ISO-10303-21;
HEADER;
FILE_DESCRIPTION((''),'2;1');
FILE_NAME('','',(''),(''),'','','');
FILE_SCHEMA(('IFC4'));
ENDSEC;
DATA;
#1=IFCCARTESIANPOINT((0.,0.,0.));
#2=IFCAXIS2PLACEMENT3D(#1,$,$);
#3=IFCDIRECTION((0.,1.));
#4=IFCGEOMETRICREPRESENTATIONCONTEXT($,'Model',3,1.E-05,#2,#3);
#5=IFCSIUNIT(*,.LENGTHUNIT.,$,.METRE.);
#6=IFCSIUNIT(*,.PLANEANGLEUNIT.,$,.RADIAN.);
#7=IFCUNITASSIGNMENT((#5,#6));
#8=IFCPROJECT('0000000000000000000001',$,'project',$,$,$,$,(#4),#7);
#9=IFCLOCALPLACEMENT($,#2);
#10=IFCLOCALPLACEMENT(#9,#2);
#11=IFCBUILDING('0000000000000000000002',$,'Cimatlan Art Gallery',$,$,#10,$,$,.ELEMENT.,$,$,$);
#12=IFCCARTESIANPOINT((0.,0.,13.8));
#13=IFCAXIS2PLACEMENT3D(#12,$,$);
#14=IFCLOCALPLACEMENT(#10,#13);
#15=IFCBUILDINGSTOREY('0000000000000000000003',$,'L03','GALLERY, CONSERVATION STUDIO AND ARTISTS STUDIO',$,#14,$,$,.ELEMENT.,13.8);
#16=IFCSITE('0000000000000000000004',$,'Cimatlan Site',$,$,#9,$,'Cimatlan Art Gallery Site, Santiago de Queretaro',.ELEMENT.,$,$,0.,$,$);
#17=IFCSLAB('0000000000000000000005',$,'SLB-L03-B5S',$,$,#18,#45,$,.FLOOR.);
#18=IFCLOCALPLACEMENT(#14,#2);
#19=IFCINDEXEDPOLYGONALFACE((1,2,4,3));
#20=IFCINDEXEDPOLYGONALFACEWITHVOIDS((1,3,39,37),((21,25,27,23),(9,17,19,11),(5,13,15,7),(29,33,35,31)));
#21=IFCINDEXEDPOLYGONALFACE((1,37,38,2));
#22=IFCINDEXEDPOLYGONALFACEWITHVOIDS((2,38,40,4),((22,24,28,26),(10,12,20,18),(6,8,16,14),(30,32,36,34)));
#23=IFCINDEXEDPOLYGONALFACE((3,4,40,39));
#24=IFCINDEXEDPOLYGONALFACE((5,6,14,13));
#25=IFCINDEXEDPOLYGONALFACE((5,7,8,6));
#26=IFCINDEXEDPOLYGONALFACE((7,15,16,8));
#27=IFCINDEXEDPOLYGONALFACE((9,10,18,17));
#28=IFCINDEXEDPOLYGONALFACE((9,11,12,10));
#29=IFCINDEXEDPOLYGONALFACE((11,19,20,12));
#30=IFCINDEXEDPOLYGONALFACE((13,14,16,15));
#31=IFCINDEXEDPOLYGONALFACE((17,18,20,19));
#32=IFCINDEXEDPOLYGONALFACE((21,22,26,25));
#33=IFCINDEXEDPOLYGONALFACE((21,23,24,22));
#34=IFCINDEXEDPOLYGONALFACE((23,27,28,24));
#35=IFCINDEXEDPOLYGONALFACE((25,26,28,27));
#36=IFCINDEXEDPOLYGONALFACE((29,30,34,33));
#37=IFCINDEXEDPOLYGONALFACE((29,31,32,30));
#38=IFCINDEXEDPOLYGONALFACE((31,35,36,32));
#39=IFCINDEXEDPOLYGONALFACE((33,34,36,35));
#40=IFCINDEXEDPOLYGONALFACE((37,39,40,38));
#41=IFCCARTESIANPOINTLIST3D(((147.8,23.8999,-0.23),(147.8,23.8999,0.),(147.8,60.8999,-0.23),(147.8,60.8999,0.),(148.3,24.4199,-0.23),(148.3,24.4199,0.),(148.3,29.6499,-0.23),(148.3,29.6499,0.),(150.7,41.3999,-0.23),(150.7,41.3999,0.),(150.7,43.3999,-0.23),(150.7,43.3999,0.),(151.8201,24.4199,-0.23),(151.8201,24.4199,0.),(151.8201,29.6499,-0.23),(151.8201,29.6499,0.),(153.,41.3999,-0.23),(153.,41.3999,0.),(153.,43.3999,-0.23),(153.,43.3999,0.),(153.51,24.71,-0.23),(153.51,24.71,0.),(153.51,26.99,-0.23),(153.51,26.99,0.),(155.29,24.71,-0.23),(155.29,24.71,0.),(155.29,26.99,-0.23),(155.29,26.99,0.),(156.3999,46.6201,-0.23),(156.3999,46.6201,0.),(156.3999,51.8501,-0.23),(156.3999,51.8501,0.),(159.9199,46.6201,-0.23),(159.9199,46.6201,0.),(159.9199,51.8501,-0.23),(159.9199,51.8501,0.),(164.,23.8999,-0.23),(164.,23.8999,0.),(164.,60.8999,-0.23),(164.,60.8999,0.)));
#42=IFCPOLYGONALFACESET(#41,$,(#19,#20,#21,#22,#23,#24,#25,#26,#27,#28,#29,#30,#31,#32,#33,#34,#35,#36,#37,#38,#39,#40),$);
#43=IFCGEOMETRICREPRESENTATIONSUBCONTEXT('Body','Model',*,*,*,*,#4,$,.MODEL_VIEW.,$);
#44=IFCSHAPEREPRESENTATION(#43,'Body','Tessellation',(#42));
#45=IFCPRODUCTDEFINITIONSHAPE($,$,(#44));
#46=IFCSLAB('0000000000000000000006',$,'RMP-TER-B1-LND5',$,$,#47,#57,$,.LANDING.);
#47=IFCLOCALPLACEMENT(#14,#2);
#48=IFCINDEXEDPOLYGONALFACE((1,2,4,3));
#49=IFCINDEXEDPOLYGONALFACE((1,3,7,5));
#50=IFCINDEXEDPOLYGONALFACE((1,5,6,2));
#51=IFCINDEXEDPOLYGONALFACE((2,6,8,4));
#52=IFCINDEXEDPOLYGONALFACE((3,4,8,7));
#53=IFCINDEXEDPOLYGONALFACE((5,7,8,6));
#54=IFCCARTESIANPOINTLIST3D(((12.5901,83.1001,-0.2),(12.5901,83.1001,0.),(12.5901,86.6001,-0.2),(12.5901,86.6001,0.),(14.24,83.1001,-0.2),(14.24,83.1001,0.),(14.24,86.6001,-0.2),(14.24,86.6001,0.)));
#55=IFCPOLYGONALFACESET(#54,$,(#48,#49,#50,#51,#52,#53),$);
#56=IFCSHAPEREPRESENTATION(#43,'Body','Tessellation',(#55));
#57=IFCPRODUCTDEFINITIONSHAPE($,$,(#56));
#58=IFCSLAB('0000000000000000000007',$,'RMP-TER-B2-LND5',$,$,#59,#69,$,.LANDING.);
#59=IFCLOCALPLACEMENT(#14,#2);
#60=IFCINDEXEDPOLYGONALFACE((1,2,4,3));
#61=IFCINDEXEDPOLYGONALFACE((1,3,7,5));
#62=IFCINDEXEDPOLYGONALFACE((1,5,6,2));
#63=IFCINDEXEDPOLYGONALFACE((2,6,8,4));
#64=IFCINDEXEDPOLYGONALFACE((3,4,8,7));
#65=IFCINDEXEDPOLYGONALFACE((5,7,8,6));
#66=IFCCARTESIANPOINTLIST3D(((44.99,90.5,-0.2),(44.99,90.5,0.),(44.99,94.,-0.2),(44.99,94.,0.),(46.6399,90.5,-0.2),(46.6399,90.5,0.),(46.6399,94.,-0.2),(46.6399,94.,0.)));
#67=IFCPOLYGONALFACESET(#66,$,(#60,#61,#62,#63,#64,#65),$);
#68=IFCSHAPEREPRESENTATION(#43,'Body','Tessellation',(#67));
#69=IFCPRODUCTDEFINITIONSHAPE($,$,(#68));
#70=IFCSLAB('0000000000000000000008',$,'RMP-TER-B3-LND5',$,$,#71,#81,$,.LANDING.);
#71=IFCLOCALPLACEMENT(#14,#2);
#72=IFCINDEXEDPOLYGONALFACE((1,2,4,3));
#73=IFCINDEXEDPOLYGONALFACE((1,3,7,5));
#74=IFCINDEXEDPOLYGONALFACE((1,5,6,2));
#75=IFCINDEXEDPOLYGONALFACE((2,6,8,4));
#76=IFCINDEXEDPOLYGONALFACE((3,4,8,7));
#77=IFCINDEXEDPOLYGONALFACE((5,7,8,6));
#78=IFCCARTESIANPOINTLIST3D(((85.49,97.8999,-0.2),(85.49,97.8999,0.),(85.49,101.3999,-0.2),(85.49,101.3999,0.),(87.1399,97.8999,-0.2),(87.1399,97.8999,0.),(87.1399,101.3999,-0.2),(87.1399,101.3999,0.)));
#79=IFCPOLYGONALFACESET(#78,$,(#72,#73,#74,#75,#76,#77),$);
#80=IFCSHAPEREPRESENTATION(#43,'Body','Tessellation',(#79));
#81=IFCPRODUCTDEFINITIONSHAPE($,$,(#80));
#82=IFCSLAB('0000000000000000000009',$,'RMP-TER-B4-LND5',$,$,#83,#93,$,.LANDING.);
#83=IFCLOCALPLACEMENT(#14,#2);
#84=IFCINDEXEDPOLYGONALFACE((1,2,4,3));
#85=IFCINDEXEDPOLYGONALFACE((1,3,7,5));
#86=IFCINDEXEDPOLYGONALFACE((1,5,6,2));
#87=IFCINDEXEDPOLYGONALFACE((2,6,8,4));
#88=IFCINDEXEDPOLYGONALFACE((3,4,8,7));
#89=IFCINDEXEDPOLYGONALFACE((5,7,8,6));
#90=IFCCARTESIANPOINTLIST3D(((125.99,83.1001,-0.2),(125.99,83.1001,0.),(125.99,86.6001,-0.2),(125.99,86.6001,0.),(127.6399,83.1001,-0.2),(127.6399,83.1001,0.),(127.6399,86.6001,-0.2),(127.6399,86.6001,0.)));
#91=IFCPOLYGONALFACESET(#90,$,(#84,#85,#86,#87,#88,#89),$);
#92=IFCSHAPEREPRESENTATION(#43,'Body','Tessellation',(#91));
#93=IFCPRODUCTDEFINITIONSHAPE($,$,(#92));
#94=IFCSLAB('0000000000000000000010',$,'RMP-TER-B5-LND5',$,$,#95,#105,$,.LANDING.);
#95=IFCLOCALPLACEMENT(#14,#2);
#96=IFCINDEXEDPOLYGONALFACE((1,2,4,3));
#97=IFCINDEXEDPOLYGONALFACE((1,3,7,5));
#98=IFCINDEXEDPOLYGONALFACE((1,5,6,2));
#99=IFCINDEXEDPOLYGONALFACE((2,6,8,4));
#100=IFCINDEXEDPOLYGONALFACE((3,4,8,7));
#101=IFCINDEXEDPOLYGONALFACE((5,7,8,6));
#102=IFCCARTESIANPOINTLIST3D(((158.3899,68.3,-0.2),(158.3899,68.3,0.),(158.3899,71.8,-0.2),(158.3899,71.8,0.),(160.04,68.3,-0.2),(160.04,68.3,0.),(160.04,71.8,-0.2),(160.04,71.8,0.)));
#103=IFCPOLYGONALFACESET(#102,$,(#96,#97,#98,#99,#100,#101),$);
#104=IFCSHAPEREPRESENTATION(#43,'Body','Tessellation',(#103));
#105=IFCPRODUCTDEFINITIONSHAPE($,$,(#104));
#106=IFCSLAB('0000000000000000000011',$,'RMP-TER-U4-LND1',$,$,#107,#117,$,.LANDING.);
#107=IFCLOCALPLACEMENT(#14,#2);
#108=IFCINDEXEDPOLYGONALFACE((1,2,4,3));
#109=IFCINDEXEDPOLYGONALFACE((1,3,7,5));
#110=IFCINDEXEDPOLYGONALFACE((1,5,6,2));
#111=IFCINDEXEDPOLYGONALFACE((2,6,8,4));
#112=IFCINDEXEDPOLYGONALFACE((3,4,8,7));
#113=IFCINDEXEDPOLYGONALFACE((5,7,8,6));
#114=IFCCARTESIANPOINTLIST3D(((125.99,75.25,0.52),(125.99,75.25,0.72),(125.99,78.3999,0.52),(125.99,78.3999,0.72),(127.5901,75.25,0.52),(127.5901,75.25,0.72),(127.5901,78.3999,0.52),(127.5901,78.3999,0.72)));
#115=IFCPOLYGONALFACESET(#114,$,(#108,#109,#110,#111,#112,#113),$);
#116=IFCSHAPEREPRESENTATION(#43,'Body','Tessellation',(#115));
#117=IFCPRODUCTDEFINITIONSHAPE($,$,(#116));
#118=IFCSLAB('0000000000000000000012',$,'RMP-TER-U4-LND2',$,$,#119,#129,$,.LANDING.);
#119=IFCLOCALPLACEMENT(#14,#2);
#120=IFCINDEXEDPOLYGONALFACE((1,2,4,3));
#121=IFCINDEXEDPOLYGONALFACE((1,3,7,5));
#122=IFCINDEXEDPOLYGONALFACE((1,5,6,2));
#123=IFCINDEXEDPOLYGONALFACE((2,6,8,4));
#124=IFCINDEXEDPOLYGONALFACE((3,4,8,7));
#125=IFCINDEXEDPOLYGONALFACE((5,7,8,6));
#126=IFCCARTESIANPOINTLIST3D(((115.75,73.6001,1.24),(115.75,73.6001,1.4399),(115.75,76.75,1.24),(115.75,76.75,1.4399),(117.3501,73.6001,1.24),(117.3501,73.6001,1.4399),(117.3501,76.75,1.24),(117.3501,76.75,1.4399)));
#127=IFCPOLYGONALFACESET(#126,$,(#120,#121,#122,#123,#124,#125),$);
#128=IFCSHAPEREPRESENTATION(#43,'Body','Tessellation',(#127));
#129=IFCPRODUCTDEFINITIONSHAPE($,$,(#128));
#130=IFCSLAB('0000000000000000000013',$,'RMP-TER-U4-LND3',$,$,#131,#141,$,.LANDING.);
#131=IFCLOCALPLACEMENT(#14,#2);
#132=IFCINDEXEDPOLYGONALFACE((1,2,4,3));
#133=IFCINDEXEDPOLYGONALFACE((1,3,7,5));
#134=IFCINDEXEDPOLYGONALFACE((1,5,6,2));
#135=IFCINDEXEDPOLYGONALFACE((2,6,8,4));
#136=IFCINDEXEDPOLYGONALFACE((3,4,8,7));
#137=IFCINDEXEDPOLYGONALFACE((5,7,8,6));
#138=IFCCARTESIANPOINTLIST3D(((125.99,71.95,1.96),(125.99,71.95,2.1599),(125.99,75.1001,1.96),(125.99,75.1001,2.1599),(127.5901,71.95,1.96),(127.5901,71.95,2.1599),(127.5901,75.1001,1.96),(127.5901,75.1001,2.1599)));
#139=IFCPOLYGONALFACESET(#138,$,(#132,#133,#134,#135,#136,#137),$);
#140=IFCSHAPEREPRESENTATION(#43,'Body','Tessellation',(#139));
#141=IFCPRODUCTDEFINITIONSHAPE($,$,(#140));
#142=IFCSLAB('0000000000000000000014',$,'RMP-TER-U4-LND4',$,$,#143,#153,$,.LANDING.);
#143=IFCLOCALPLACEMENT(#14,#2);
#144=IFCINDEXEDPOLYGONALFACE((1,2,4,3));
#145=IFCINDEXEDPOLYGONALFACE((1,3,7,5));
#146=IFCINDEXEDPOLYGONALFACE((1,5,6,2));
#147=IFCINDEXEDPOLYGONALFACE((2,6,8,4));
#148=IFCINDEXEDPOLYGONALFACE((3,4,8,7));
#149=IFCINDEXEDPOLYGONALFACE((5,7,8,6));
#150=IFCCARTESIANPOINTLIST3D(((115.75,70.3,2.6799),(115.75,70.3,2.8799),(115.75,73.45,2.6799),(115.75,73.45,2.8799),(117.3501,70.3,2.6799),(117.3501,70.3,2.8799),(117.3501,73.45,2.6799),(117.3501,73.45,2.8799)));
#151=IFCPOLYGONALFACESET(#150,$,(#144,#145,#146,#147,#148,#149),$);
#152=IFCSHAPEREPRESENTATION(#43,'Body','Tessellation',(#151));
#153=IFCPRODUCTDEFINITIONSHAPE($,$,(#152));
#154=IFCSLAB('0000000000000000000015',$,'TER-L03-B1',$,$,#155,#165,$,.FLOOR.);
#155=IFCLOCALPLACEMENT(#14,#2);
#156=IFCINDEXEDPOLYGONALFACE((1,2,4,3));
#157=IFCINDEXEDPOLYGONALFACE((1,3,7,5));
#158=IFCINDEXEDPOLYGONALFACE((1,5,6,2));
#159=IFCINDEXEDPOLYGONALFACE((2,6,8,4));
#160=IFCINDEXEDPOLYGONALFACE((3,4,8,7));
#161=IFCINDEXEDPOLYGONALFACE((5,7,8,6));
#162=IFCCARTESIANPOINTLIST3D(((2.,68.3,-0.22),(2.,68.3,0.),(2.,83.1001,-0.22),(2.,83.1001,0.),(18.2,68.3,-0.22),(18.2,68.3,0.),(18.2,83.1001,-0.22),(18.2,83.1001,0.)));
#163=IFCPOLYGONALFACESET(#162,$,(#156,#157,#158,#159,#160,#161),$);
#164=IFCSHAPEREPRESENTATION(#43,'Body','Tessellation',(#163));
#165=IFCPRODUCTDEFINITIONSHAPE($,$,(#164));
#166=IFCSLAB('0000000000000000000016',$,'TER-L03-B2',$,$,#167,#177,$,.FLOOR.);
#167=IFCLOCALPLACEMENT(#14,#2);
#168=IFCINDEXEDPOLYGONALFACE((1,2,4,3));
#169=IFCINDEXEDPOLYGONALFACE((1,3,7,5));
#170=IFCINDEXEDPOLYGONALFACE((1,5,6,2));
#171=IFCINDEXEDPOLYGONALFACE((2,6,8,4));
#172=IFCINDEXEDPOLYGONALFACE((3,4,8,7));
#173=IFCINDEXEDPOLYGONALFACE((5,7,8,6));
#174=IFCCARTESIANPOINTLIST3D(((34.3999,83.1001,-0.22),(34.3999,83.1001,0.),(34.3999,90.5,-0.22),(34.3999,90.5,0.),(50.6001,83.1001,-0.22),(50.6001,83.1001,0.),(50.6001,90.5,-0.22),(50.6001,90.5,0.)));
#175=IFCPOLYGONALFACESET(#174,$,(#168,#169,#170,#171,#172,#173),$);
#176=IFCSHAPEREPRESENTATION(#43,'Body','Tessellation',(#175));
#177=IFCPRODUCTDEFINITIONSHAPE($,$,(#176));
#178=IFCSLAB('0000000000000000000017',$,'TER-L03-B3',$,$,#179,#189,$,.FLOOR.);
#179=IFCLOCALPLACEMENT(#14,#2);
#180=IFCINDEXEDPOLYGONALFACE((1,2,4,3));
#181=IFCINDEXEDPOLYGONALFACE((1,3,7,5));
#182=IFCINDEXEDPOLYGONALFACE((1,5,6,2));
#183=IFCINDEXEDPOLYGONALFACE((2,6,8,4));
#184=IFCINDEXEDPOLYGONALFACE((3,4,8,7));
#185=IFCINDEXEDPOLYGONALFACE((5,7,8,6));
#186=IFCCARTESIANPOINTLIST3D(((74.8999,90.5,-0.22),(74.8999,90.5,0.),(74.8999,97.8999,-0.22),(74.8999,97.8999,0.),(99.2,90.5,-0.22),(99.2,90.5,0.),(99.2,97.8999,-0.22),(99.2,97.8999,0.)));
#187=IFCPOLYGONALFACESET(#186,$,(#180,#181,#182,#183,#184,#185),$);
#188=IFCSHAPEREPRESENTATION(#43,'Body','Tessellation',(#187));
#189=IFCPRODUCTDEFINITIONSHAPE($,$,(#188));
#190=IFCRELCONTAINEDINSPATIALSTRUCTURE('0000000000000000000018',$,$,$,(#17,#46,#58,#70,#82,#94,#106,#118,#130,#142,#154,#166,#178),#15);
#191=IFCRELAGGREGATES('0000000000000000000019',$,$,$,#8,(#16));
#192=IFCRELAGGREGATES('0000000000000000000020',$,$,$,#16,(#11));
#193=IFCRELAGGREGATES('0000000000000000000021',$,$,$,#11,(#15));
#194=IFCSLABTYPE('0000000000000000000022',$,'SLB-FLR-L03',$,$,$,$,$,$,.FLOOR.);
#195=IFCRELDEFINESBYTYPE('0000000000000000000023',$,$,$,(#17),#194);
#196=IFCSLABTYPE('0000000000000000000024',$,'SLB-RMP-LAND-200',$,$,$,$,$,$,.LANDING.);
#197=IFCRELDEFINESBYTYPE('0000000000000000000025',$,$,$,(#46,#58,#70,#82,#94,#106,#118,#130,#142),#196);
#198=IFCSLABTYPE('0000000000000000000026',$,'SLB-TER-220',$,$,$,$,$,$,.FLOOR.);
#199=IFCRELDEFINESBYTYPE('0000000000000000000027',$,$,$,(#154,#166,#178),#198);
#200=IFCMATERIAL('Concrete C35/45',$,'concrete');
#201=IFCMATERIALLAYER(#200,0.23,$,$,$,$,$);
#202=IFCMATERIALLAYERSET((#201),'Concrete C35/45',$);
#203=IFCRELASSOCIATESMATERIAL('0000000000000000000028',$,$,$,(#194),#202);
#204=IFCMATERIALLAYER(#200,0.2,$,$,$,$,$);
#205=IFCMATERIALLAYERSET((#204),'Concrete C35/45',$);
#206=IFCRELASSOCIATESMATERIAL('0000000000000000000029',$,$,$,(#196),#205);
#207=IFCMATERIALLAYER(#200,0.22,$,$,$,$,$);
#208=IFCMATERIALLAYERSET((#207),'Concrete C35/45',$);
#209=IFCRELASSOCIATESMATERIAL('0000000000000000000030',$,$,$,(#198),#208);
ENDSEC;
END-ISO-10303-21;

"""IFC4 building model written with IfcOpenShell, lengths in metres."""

from ifc_helpers import new_model, si_unit, direction, frame, origin, place, context, subcontext, project, spatial, polyline, outline, extrude, material, layer, layer_set, type_object, element, save


model = new_model("IFC4")

# Units and contexts
model_context = context("Model", 3, precision=1e-05, world=origin(), true_north=direction((0.0, 1.0)))
body_context = subcontext(model_context, "Body", "Model", "MODEL_VIEW")
ifc_project = project(units=[si_unit("LENGTHUNIT", "METRE"), si_unit("PLANEANGLEUNIT", "RADIAN")], contexts=[model_context])

# Site, building, storey
site_placement = place(None, origin())
site = spatial("IfcSite", under=ifc_project, at=site_placement, Name="Cimatlan Site", LongName="Cimatlan Art Gallery Site, Santiago de Queretaro", CompositionType="ELEMENT", RefElevation=0.0)
building_placement = place(site_placement, origin())
building = spatial("IfcBuilding", under=site, at=building_placement, Name="Cimatlan Art Gallery", CompositionType="ELEMENT")
storey_placement = place(building_placement, frame((0.0, 0.0, 13.8)))
storey = spatial("IfcBuildingStorey", under=building, at=storey_placement, Name="L03", Description="GALLERY, CONSERVATION STUDIO AND ARTISTS STUDIO", CompositionType="ELEMENT", Elevation=13.8)

# Slabs
ifc_material = material(Name="Concrete C35/45", Category="concrete")
ifc_layer_1 = layer(ifc_material, 0.23)
ifc_layer_set_1 = layer_set([ifc_layer_1], Name="Concrete C35/45")
slab_type_1 = type_object("IfcSlabType", Name="SLB-FLR-L03", PredefinedType="FLOOR", material=ifc_layer_set_1)
slab_1_placement = place(storey_placement, frame((0.0, 0.0, -0.23)))
element("IfcSlab", 1, at=slab_1_placement, inside=storey, type_object=slab_type_1, Name="SLB-L03-B5S", PredefinedType="FLOOR", context=body_context, shape_type="SweptSolid", body=[
    extrude(outline(polyline([(147.8, 23.8999), (164.0, 23.8999), (164.0, 60.8999), (147.8, 60.8999), (147.8, 23.8999)]), holes=[polyline([(148.3, 24.4199), (151.8201, 24.4199), (151.8201, 29.6499), (148.3, 29.6499), (148.3, 24.4199)]), polyline([(153.51, 24.71), (155.29, 24.71), (155.29, 26.99), (153.51, 26.99), (153.51, 24.71)]), polyline([(156.3999, 46.6201), (159.9199, 46.6201), (159.9199, 51.8501), (156.3999, 51.8501), (156.3999, 46.6201)]), polyline([(150.7, 41.3999), (153.0, 41.3999), (153.0, 43.3999), (150.7, 43.3999), (150.7, 41.3999)])]), origin(), (0.0, 0.0, 1.0), 0.23),
])
ifc_layer_2 = layer(ifc_material, 0.2)
ifc_layer_set_2 = layer_set([ifc_layer_2], Name="Concrete C35/45")
slab_type_2 = type_object("IfcSlabType", Name="SLB-RMP-LAND-200", PredefinedType="LANDING", material=ifc_layer_set_2)
slab_2_placement = place(storey_placement, frame((0.0, 0.0, -0.2)))
element("IfcSlab", 2, at=slab_2_placement, inside=storey, type_object=slab_type_2, Name="RMP-TER-B1-LND5", PredefinedType="LANDING", context=body_context, shape_type="SweptSolid", body=[
    extrude(outline(polyline([(12.5901, 83.1001), (14.24, 83.1001), (14.24, 86.6001), (12.5901, 86.6001), (12.5901, 83.1001)])), origin(), (0.0, 0.0, 1.0), 0.2),
])
slab_3_placement = place(storey_placement, frame((0.0, 0.0, -0.2)))
element("IfcSlab", 3, at=slab_3_placement, inside=storey, type_object=slab_type_2, Name="RMP-TER-B2-LND5", PredefinedType="LANDING", context=body_context, shape_type="SweptSolid", body=[
    extrude(outline(polyline([(44.99, 90.5), (46.6399, 90.5), (46.6399, 94.0), (44.99, 94.0), (44.99, 90.5)])), origin(), (0.0, 0.0, 1.0), 0.2),
])
slab_4_placement = place(storey_placement, frame((0.0, 0.0, -0.2)))
element("IfcSlab", 4, at=slab_4_placement, inside=storey, type_object=slab_type_2, Name="RMP-TER-B3-LND5", PredefinedType="LANDING", context=body_context, shape_type="SweptSolid", body=[
    extrude(outline(polyline([(85.49, 97.8999), (87.1399, 97.8999), (87.1399, 101.3999), (85.49, 101.3999), (85.49, 97.8999)])), origin(), (0.0, 0.0, 1.0), 0.2),
])
slab_5_placement = place(storey_placement, frame((0.0, 0.0, -0.2)))
element("IfcSlab", 5, at=slab_5_placement, inside=storey, type_object=slab_type_2, Name="RMP-TER-B4-LND5", PredefinedType="LANDING", context=body_context, shape_type="SweptSolid", body=[
    extrude(outline(polyline([(125.99, 83.1001), (127.6399, 83.1001), (127.6399, 86.6001), (125.99, 86.6001), (125.99, 83.1001)])), origin(), (0.0, 0.0, 1.0), 0.2),
])
slab_6_placement = place(storey_placement, frame((0.0, 0.0, -0.2)))
element("IfcSlab", 6, at=slab_6_placement, inside=storey, type_object=slab_type_2, Name="RMP-TER-B5-LND5", PredefinedType="LANDING", context=body_context, shape_type="SweptSolid", body=[
    extrude(outline(polyline([(158.3899, 68.3), (160.04, 68.3), (160.04, 71.8), (158.3899, 71.8), (158.3899, 68.3)])), origin(), (0.0, 0.0, 1.0), 0.2),
])
slab_7_placement = place(storey_placement, frame((0.0, 0.0, 0.52)))
element("IfcSlab", 7, at=slab_7_placement, inside=storey, type_object=slab_type_2, Name="RMP-TER-U4-LND1", PredefinedType="LANDING", context=body_context, shape_type="SweptSolid", body=[
    extrude(outline(polyline([(125.99, 75.25), (127.5901, 75.25), (127.5901, 78.3999), (125.99, 78.3999), (125.99, 75.25)])), origin(), (0.0, 0.0, 1.0), 0.2),
])
slab_8_placement = place(storey_placement, frame((0.0, 0.0, 1.24)))
element("IfcSlab", 8, at=slab_8_placement, inside=storey, type_object=slab_type_2, Name="RMP-TER-U4-LND2", PredefinedType="LANDING", context=body_context, shape_type="SweptSolid", body=[
    extrude(outline(polyline([(115.75, 73.6001), (117.3501, 73.6001), (117.3501, 76.75), (115.75, 76.75), (115.75, 73.6001)])), origin(), (0.0, 0.0, 1.0), 0.2),
])
slab_9_placement = place(storey_placement, frame((0.0, 0.0, 1.96)))
element("IfcSlab", 9, at=slab_9_placement, inside=storey, type_object=slab_type_2, Name="RMP-TER-U4-LND3", PredefinedType="LANDING", context=body_context, shape_type="SweptSolid", body=[
    extrude(outline(polyline([(125.99, 71.95), (127.5901, 71.95), (127.5901, 75.1001), (125.99, 75.1001), (125.99, 71.95)])), origin(), (0.0, 0.0, 1.0), 0.2),
])
slab_10_placement = place(storey_placement, frame((0.0, 0.0, 2.6799)))
element("IfcSlab", 10, at=slab_10_placement, inside=storey, type_object=slab_type_2, Name="RMP-TER-U4-LND4", PredefinedType="LANDING", context=body_context, shape_type="SweptSolid", body=[
    extrude(outline(polyline([(115.75, 70.3), (117.3501, 70.3), (117.3501, 73.45), (115.75, 73.45), (115.75, 70.3)])), origin(), (0.0, 0.0, 1.0), 0.2),
])
ifc_layer_3 = layer(ifc_material, 0.22)
ifc_layer_set_3 = layer_set([ifc_layer_3], Name="Concrete C35/45")
slab_type_3 = type_object("IfcSlabType", Name="SLB-TER-220", PredefinedType="FLOOR", material=ifc_layer_set_3)
slab_11_placement = place(storey_placement, frame((0.0, 0.0, -0.22)))
element("IfcSlab", 11, at=slab_11_placement, inside=storey, type_object=slab_type_3, Name="TER-L03-B1", PredefinedType="FLOOR", context=body_context, shape_type="SweptSolid", body=[
    extrude(outline(polyline([(2.0, 68.3), (18.2, 68.3), (18.2, 83.1001), (2.0, 83.1001), (2.0, 68.3)])), origin(), (0.0, 0.0, 1.0), 0.22),
])
slab_12_placement = place(storey_placement, frame((0.0, 0.0, -0.22)))
element("IfcSlab", 12, at=slab_12_placement, inside=storey, type_object=slab_type_3, Name="TER-L03-B2", PredefinedType="FLOOR", context=body_context, shape_type="SweptSolid", body=[
    extrude(outline(polyline([(34.3999, 83.1001), (50.6001, 83.1001), (50.6001, 90.5), (34.3999, 90.5), (34.3999, 83.1001)])), origin(), (0.0, 0.0, 1.0), 0.22),
])
slab_13_placement = place(storey_placement, frame((0.0, 0.0, -0.22)))
element("IfcSlab", 13, at=slab_13_placement, inside=storey, type_object=slab_type_3, Name="TER-L03-B3", PredefinedType="FLOOR", context=body_context, shape_type="SweptSolid", body=[
    extrude(outline(polyline([(74.8999, 90.5), (99.2, 90.5), (99.2, 97.8999), (74.8999, 97.8999), (74.8999, 90.5)])), origin(), (0.0, 0.0, 1.0), 0.22),
])

save(model, "model.ifc")
